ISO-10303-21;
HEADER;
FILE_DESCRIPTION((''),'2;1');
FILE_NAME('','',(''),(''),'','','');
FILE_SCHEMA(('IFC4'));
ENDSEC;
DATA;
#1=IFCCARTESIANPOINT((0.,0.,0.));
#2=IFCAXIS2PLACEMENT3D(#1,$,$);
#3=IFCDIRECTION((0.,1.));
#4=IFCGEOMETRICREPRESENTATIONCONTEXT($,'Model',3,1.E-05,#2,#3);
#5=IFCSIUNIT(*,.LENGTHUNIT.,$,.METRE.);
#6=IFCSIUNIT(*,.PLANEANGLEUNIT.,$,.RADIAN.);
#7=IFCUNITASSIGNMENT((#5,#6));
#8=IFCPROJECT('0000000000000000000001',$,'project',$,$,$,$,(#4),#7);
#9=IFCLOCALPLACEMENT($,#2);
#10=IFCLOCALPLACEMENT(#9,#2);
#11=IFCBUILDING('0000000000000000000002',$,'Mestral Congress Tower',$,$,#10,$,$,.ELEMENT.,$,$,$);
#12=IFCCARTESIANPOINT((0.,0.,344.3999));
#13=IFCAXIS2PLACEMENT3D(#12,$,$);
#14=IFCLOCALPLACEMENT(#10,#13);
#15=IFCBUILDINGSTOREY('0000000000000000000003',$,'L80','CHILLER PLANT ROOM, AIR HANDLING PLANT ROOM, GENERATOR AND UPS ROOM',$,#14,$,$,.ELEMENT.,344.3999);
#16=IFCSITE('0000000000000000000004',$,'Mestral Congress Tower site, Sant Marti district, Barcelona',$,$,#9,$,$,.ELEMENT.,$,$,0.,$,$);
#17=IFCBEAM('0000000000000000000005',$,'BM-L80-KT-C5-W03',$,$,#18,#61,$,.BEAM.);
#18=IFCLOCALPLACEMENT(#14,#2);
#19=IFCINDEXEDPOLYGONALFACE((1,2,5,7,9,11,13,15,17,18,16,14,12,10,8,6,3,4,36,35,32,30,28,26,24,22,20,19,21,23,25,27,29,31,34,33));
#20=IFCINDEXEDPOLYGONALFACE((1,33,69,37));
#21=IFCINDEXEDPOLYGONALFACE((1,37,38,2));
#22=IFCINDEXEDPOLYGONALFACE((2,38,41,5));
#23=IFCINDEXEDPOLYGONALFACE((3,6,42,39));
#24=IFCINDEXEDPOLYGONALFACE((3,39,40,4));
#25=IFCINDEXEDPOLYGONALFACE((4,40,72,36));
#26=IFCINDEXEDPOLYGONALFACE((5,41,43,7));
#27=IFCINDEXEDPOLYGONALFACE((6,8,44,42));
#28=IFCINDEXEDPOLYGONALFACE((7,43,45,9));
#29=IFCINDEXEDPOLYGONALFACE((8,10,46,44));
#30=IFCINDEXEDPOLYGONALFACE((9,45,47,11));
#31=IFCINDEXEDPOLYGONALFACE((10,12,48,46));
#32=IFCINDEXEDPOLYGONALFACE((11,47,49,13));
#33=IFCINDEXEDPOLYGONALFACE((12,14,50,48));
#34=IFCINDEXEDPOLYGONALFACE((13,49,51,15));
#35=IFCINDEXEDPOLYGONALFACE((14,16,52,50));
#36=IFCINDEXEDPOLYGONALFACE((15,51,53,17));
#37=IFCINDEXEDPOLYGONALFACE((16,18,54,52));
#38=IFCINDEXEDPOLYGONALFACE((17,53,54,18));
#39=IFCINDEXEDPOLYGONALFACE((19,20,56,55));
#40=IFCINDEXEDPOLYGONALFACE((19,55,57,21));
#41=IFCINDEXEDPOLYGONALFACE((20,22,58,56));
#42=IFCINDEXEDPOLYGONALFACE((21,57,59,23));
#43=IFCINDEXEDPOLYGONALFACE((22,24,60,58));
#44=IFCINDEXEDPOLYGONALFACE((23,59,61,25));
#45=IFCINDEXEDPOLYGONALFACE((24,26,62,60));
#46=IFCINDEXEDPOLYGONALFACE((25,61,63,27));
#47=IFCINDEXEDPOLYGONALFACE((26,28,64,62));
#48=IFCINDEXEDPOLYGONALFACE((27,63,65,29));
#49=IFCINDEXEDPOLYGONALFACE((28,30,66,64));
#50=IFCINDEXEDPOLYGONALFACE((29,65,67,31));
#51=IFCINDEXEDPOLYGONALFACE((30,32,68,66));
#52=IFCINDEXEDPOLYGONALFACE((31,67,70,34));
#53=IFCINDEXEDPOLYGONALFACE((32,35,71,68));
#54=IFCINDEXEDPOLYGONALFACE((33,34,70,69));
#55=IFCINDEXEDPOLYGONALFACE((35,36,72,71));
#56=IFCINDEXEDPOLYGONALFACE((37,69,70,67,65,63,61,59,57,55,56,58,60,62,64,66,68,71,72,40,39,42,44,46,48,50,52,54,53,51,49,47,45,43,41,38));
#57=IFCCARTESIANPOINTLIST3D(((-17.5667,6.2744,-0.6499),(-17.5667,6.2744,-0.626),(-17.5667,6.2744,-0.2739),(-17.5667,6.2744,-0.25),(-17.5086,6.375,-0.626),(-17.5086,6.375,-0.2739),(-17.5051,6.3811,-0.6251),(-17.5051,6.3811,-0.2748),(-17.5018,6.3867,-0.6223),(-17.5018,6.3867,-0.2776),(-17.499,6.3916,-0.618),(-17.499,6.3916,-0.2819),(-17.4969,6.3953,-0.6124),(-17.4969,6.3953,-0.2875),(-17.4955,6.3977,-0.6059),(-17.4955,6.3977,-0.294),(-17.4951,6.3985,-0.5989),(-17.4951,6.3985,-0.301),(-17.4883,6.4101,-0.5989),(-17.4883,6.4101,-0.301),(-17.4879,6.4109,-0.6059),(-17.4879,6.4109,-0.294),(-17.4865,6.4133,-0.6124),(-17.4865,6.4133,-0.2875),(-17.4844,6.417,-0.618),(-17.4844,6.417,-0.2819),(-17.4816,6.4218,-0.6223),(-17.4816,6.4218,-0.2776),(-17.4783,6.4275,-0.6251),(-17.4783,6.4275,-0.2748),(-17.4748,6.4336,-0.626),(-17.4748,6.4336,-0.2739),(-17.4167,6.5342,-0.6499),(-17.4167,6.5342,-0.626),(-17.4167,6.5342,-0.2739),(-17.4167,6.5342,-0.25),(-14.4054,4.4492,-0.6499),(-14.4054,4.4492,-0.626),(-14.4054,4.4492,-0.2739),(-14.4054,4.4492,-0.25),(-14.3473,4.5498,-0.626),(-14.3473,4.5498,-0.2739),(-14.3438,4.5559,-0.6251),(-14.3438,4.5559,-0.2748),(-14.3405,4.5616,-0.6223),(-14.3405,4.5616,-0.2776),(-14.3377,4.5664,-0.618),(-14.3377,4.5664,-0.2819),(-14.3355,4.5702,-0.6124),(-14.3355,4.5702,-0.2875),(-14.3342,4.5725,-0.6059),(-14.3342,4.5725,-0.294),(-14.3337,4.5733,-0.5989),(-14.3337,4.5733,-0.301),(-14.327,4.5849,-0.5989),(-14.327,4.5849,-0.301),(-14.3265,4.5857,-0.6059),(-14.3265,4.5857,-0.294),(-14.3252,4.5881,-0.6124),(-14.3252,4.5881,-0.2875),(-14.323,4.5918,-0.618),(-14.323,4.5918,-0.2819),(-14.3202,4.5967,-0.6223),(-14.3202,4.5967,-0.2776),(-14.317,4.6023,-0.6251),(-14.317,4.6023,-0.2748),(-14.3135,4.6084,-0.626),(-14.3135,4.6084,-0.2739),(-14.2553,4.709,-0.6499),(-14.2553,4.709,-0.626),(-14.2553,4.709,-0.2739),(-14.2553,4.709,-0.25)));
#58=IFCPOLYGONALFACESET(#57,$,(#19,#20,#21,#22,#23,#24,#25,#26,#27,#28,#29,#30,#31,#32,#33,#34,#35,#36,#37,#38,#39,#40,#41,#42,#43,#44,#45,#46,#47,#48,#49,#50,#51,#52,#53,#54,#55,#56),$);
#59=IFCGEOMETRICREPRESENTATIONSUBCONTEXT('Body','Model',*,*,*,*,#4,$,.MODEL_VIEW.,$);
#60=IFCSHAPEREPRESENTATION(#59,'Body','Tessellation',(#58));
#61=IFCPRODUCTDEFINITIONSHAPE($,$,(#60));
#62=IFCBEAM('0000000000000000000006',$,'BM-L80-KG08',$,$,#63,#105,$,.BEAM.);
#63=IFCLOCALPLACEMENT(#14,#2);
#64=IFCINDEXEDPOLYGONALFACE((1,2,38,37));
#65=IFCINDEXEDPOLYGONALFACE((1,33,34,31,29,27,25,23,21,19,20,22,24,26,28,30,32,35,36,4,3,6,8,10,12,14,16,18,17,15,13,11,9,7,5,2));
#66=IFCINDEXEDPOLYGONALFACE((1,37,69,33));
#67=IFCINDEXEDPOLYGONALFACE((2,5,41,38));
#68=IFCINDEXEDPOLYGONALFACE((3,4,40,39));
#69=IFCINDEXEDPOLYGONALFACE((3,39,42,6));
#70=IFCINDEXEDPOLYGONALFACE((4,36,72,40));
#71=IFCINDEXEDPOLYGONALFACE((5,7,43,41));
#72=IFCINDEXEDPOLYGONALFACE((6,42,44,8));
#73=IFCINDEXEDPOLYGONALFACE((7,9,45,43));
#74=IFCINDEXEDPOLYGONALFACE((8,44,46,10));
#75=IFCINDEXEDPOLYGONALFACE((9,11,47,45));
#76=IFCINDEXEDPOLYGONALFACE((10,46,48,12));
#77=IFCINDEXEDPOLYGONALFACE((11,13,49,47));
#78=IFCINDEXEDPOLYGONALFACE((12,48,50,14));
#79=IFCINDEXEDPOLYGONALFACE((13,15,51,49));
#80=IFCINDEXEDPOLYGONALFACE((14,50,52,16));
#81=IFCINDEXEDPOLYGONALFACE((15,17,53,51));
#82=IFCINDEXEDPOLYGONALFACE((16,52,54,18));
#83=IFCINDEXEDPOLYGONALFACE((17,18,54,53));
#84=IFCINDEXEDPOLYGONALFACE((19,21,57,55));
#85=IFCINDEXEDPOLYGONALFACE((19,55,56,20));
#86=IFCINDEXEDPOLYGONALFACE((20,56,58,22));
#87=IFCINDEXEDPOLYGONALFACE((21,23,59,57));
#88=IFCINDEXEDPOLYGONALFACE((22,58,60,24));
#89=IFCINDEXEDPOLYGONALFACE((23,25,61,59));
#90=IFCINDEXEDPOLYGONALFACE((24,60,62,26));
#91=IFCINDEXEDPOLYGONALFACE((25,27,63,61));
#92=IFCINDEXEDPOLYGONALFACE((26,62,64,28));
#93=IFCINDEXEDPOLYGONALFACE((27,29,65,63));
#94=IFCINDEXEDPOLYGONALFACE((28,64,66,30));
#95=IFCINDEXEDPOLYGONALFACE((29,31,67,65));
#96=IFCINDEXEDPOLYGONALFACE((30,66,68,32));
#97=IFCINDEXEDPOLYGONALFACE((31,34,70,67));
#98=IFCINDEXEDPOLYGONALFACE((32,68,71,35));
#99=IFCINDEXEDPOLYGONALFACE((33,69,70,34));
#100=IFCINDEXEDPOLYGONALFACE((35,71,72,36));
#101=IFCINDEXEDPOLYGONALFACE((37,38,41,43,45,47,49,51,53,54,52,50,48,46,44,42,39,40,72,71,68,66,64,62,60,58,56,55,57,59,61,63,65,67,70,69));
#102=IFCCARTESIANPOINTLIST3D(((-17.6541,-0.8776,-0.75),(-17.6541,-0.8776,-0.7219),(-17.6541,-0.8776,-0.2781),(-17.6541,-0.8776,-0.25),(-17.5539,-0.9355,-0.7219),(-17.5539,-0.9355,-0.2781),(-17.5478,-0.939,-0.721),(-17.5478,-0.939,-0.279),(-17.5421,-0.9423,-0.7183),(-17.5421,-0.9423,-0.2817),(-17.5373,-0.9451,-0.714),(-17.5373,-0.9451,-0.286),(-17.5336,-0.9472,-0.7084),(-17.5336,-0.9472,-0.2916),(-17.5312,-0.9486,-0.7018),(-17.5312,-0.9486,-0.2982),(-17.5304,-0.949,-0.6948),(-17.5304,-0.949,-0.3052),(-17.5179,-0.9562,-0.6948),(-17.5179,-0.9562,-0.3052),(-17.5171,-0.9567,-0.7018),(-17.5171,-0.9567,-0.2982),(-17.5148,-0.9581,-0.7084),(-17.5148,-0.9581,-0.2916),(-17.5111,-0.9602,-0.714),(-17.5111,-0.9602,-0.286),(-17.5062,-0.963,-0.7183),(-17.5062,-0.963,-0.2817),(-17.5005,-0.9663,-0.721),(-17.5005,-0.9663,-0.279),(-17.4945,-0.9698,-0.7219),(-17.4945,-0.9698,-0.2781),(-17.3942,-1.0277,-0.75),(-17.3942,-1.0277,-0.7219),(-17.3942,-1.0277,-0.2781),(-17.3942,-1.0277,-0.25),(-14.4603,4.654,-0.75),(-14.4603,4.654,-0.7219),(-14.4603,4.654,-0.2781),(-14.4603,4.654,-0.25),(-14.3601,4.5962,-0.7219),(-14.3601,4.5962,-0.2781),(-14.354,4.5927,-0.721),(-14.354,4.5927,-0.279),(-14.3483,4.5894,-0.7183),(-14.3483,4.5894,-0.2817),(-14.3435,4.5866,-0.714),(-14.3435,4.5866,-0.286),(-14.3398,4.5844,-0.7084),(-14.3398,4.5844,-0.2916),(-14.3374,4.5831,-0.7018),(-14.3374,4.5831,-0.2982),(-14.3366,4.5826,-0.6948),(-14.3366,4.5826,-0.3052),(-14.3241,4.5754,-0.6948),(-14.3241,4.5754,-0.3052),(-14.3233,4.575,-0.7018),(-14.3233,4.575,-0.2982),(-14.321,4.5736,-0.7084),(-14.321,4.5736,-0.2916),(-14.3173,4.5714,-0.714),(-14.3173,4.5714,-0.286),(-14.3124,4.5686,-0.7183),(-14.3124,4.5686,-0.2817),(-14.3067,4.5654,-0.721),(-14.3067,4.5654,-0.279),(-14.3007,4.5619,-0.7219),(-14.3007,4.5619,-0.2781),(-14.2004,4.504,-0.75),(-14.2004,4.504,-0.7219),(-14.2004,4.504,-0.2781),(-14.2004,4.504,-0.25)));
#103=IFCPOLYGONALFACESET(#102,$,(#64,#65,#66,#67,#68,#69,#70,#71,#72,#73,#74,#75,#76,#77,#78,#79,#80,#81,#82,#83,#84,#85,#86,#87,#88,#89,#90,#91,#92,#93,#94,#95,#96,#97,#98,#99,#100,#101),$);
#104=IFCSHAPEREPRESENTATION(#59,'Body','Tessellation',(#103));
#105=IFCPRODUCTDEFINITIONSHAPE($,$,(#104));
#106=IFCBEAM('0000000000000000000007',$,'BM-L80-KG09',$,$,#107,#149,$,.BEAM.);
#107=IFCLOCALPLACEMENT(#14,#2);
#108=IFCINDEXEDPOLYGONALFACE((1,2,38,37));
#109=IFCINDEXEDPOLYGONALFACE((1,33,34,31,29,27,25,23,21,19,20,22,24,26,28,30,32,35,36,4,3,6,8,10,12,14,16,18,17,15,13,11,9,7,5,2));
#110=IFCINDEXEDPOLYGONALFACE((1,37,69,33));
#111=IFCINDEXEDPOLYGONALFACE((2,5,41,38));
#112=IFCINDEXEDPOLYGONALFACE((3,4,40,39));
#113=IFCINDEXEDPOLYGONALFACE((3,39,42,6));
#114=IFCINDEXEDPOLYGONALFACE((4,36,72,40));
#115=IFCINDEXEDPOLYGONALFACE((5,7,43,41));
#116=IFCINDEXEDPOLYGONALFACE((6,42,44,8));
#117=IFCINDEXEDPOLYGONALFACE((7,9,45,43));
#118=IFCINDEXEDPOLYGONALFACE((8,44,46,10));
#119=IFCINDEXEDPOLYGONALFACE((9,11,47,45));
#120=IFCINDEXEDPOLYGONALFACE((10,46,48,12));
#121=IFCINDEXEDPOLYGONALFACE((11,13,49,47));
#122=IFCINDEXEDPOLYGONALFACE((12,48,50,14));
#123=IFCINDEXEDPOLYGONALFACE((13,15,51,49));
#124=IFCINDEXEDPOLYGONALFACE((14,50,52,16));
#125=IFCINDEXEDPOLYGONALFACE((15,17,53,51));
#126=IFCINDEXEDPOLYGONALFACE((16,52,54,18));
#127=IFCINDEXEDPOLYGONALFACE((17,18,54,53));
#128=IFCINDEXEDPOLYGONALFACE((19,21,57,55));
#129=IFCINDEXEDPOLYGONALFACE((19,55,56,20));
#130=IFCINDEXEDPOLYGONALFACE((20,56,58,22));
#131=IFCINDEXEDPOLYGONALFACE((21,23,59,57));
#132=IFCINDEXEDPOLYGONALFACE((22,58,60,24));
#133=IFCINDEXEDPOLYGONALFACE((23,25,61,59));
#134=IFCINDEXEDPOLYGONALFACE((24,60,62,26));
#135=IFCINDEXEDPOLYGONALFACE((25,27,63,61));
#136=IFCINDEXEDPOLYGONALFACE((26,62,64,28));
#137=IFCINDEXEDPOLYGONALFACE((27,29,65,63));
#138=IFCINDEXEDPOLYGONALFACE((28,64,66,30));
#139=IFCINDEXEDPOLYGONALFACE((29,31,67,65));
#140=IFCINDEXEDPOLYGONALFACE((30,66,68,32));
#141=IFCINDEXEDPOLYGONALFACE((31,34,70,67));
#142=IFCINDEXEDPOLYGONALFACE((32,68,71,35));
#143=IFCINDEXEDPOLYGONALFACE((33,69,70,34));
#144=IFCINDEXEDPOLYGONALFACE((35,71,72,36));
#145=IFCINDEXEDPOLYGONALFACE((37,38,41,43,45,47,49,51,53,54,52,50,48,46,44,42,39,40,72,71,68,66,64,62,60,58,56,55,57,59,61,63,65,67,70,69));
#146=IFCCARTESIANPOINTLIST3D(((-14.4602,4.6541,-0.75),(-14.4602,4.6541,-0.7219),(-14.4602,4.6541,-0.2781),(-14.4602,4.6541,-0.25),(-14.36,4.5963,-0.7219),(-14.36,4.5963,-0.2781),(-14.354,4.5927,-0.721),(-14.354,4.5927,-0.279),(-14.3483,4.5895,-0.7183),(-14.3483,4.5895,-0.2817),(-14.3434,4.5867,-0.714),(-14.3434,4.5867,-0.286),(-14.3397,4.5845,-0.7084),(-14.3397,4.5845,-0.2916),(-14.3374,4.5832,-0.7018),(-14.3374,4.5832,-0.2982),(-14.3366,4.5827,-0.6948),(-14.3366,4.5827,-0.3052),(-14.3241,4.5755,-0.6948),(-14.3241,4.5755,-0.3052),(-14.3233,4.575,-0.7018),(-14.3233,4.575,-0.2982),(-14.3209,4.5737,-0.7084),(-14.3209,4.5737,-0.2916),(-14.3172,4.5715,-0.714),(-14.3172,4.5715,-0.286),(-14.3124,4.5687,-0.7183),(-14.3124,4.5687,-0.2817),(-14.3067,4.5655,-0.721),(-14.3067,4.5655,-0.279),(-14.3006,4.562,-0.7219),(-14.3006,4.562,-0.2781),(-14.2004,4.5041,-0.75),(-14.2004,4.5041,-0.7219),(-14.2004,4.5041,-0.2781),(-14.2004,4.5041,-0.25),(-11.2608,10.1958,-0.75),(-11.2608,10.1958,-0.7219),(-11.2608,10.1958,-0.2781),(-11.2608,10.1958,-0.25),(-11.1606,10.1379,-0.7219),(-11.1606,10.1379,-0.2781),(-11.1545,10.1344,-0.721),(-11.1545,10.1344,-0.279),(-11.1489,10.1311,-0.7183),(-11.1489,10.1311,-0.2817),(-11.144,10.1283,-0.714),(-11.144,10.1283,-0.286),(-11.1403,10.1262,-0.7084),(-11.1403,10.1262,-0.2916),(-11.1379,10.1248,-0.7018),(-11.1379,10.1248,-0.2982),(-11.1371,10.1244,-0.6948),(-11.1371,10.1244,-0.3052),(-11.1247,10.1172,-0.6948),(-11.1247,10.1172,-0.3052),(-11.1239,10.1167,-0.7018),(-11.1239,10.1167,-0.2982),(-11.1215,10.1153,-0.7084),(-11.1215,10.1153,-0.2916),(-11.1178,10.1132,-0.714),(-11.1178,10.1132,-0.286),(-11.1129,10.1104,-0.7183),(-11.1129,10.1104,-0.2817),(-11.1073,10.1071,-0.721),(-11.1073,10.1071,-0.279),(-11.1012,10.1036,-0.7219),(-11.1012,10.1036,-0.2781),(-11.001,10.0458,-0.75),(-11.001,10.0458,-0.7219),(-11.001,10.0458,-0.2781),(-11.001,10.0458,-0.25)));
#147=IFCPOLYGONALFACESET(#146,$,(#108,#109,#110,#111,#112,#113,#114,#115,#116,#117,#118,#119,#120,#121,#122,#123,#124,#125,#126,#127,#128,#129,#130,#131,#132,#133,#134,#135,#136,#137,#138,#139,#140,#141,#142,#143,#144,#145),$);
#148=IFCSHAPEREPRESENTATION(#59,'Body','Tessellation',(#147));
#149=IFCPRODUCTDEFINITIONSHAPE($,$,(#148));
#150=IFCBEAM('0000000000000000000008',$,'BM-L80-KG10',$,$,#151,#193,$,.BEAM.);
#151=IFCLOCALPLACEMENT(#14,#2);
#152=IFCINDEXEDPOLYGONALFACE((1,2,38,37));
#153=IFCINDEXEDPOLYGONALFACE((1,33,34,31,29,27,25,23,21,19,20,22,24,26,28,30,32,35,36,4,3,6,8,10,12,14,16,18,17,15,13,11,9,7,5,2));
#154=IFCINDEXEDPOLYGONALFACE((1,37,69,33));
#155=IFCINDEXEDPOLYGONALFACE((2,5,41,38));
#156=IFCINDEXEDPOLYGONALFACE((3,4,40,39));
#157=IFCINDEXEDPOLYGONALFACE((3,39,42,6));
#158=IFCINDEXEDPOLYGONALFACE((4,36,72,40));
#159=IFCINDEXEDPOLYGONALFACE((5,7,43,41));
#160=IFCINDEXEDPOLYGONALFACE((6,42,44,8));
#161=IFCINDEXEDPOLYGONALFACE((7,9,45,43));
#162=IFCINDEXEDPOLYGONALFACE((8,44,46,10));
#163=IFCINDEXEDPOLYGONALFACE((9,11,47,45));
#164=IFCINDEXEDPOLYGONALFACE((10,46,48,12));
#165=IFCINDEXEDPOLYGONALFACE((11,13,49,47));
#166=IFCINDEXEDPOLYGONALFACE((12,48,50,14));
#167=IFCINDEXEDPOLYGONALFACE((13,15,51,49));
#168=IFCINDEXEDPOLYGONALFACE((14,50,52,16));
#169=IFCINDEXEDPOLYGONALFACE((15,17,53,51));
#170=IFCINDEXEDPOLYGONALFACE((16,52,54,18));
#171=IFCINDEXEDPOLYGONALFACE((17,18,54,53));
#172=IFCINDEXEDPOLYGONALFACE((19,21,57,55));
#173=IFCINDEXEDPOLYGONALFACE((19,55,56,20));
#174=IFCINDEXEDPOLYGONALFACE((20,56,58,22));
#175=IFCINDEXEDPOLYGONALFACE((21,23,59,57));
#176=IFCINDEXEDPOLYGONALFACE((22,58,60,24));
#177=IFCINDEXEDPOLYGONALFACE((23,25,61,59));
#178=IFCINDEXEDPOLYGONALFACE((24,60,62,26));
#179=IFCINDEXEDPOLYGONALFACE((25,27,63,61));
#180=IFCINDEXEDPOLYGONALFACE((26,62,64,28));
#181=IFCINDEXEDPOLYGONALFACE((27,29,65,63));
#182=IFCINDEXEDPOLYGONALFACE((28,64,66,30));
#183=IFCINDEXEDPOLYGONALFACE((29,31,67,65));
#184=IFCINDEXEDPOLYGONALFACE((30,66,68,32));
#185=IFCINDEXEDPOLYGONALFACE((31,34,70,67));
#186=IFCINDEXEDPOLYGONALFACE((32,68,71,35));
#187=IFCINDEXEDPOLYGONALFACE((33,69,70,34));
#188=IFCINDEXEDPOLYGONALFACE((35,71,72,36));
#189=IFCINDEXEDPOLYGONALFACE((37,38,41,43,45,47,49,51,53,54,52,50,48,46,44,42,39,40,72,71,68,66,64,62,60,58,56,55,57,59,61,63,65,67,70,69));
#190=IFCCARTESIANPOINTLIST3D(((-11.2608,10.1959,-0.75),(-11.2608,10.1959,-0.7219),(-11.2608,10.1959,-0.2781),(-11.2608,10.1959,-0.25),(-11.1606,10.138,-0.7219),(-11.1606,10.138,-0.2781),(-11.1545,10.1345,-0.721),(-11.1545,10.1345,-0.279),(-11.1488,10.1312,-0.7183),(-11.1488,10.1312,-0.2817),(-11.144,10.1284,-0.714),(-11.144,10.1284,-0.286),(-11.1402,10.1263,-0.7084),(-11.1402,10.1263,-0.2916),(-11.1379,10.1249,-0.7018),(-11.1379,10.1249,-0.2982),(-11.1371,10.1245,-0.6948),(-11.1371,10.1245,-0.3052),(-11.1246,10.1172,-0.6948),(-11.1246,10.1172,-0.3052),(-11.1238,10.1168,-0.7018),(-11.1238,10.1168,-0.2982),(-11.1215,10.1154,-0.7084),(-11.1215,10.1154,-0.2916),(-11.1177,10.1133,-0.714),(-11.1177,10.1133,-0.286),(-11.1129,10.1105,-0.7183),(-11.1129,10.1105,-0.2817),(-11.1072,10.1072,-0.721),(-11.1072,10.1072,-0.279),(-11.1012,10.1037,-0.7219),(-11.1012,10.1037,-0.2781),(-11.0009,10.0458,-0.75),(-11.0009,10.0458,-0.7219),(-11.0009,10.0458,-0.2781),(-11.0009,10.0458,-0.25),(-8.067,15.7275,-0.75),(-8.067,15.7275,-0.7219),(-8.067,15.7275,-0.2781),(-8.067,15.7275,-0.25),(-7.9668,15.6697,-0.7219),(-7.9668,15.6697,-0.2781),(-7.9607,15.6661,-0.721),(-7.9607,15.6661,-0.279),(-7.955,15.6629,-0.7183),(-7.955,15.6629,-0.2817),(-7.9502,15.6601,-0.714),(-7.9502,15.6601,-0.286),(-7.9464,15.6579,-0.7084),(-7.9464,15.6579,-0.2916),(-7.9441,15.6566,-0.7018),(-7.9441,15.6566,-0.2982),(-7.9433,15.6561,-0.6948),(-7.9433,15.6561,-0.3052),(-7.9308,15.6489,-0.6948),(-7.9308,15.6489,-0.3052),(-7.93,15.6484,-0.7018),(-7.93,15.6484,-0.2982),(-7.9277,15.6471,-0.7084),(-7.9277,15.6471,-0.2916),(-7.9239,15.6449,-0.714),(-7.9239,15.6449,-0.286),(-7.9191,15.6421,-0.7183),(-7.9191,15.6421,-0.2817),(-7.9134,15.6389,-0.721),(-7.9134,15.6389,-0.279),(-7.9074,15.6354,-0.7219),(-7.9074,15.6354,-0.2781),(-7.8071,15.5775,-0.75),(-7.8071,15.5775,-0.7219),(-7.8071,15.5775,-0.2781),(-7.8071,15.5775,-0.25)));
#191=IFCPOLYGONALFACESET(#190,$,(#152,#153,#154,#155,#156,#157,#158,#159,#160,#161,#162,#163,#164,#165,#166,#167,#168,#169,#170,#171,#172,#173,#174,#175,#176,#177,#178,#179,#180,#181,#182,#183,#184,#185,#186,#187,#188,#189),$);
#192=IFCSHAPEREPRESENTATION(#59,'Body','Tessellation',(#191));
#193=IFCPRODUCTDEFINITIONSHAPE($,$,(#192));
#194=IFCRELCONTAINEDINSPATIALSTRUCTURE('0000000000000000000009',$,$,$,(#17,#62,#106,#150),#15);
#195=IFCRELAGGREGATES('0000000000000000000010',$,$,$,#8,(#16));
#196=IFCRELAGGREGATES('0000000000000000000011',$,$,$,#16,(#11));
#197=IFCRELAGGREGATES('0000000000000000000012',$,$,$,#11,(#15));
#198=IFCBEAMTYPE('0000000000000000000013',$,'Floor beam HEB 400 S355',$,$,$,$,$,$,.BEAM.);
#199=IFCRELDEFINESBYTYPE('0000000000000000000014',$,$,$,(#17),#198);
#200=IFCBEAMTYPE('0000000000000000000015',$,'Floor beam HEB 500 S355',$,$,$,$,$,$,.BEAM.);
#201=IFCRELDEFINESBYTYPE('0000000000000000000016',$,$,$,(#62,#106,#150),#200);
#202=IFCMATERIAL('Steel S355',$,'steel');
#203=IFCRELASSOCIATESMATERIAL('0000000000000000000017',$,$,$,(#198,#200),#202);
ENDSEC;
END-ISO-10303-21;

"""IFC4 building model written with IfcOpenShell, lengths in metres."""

from ifc_helpers import new_model, si_unit, direction, frame, origin, origin_2d, place, context, subcontext, project, spatial, i_section, extrude, material, material_profile, profile_set, type_object, element, save


model = new_model("IFC4")

# Units and contexts
model_context = context("Model", 3, precision=1e-05, world=origin(), true_north=direction((0.0, 1.0)))
body_context = subcontext(model_context, "Body", "Model", "MODEL_VIEW")
ifc_project = project(units=[si_unit("LENGTHUNIT", "METRE"), si_unit("PLANEANGLEUNIT", "RADIAN")], contexts=[model_context])

# Site, building, storey
site_placement = place(None, origin())
site = spatial("IfcSite", under=ifc_project, at=site_placement, Name="Mestral Congress Tower site, Sant Marti district, Barcelona", CompositionType="ELEMENT", RefElevation=0.0)
building_placement = place(site_placement, origin())
building = spatial("IfcBuilding", under=site, at=building_placement, Name="Mestral Congress Tower", CompositionType="ELEMENT")
storey_placement = place(building_placement, frame((0.0, 0.0, 344.3999)))
storey = spatial("IfcBuildingStorey", under=building, at=storey_placement, Name="L80", Description="CHILLER PLANT ROOM, AIR HANDLING PLANT ROOM, GENERATOR AND UPS ROOM", CompositionType="ELEMENT", Elevation=344.3999)

# Shared definitions
ifc_material_1 = material(Name="Steel S355", Category="steel")

# Beams
ifc_material_profile_1 = material_profile(ifc_material_1, i_section(OverallWidth=0.3, OverallDepth=0.3999, WebThickness=0.0134, FlangeThickness=0.0239, FilletRadius=0.0271, at=origin_2d()), Name="HEB 400")
ifc_profile_set_1 = profile_set([ifc_material_profile_1], Name="Steel S355")
beam_type_1 = type_object("IfcBeamType", Name="Floor beam HEB 400 S355", PredefinedType="BEAM", material=ifc_profile_set_1)
beam_1_placement = place(storey_placement, frame((-17.4917, 6.4043, -0.45), z_axis=(0.866029, -0.499995, 0.0), x_axis=(0.499995, 0.866029, 0.0)))
element("IfcBeam", 1, at=beam_1_placement, inside=storey, type_object=beam_type_1, Name="BM-L80-KT-C5-W03", PredefinedType="BEAM", context=body_context, shape_type="SweptSolid", body=[
    extrude(i_section(OverallWidth=0.3, OverallDepth=0.3999, WebThickness=0.0134, FlangeThickness=0.0239, FilletRadius=0.0271, at=origin_2d()), origin(), (0.0, 0.0, 1.0), 3.6504),
])
ifc_material_profile_2 = material_profile(ifc_material_1, i_section(OverallWidth=0.3, OverallDepth=0.5, WebThickness=0.0144, FlangeThickness=0.0281, FilletRadius=0.0271, at=origin_2d()), Name="HEB 500")
ifc_profile_set_2 = profile_set([ifc_material_profile_2], Name="Steel S355")
beam_type_2 = type_object("IfcBeamType", Name="Floor beam HEB 500 S355", PredefinedType="BEAM", material=ifc_profile_set_2)
beam_2_placement = place(storey_placement, frame((-17.5242, -0.9526, -0.5), z_axis=(0.500011, 0.866019, 0.0), x_axis=(-0.866019, 0.500011, 0.0)))
element("IfcBeam", 2, at=beam_2_placement, inside=storey, type_object=beam_type_2, Name="BM-L80-KG08", PredefinedType="BEAM", context=body_context, shape_type="SweptSolid", body=[
    extrude(i_section(OverallWidth=0.3, OverallDepth=0.5, WebThickness=0.0144, FlangeThickness=0.0281, FilletRadius=0.0271, at=origin_2d()), origin(), (0.0, 0.0, 1.0), 6.3875),
])
beam_3_placement = place(storey_placement, frame((-14.3303, 4.5791, -0.5), z_axis=(0.499992, 0.86603, 0.0), x_axis=(-0.86603, 0.499992, 0.0)))
element("IfcBeam", 3, at=beam_3_placement, inside=storey, type_object=beam_type_2, Name="BM-L80-KG09", PredefinedType="BEAM", context=body_context, shape_type="SweptSolid", body=[
    extrude(i_section(OverallWidth=0.3, OverallDepth=0.5, WebThickness=0.0144, FlangeThickness=0.0281, FilletRadius=0.0271, at=origin_2d()), origin(), (0.0, 0.0, 1.0), 6.3989),
])
beam_4_placement = place(storey_placement, frame((-11.1309, 10.1208, -0.5), z_axis=(0.500011, 0.866019, 0.0), x_axis=(-0.866019, 0.500011, 0.0)))
element("IfcBeam", 4, at=beam_4_placement, inside=storey, type_object=beam_type_2, Name="BM-L80-KG10", PredefinedType="BEAM", context=body_context, shape_type="SweptSolid", body=[
    extrude(i_section(OverallWidth=0.3, OverallDepth=0.5, WebThickness=0.0144, FlangeThickness=0.0281, FilletRadius=0.0271, at=origin_2d()), origin(), (0.0, 0.0, 1.0), 6.3875),
])

save(model, "model.ifc")
